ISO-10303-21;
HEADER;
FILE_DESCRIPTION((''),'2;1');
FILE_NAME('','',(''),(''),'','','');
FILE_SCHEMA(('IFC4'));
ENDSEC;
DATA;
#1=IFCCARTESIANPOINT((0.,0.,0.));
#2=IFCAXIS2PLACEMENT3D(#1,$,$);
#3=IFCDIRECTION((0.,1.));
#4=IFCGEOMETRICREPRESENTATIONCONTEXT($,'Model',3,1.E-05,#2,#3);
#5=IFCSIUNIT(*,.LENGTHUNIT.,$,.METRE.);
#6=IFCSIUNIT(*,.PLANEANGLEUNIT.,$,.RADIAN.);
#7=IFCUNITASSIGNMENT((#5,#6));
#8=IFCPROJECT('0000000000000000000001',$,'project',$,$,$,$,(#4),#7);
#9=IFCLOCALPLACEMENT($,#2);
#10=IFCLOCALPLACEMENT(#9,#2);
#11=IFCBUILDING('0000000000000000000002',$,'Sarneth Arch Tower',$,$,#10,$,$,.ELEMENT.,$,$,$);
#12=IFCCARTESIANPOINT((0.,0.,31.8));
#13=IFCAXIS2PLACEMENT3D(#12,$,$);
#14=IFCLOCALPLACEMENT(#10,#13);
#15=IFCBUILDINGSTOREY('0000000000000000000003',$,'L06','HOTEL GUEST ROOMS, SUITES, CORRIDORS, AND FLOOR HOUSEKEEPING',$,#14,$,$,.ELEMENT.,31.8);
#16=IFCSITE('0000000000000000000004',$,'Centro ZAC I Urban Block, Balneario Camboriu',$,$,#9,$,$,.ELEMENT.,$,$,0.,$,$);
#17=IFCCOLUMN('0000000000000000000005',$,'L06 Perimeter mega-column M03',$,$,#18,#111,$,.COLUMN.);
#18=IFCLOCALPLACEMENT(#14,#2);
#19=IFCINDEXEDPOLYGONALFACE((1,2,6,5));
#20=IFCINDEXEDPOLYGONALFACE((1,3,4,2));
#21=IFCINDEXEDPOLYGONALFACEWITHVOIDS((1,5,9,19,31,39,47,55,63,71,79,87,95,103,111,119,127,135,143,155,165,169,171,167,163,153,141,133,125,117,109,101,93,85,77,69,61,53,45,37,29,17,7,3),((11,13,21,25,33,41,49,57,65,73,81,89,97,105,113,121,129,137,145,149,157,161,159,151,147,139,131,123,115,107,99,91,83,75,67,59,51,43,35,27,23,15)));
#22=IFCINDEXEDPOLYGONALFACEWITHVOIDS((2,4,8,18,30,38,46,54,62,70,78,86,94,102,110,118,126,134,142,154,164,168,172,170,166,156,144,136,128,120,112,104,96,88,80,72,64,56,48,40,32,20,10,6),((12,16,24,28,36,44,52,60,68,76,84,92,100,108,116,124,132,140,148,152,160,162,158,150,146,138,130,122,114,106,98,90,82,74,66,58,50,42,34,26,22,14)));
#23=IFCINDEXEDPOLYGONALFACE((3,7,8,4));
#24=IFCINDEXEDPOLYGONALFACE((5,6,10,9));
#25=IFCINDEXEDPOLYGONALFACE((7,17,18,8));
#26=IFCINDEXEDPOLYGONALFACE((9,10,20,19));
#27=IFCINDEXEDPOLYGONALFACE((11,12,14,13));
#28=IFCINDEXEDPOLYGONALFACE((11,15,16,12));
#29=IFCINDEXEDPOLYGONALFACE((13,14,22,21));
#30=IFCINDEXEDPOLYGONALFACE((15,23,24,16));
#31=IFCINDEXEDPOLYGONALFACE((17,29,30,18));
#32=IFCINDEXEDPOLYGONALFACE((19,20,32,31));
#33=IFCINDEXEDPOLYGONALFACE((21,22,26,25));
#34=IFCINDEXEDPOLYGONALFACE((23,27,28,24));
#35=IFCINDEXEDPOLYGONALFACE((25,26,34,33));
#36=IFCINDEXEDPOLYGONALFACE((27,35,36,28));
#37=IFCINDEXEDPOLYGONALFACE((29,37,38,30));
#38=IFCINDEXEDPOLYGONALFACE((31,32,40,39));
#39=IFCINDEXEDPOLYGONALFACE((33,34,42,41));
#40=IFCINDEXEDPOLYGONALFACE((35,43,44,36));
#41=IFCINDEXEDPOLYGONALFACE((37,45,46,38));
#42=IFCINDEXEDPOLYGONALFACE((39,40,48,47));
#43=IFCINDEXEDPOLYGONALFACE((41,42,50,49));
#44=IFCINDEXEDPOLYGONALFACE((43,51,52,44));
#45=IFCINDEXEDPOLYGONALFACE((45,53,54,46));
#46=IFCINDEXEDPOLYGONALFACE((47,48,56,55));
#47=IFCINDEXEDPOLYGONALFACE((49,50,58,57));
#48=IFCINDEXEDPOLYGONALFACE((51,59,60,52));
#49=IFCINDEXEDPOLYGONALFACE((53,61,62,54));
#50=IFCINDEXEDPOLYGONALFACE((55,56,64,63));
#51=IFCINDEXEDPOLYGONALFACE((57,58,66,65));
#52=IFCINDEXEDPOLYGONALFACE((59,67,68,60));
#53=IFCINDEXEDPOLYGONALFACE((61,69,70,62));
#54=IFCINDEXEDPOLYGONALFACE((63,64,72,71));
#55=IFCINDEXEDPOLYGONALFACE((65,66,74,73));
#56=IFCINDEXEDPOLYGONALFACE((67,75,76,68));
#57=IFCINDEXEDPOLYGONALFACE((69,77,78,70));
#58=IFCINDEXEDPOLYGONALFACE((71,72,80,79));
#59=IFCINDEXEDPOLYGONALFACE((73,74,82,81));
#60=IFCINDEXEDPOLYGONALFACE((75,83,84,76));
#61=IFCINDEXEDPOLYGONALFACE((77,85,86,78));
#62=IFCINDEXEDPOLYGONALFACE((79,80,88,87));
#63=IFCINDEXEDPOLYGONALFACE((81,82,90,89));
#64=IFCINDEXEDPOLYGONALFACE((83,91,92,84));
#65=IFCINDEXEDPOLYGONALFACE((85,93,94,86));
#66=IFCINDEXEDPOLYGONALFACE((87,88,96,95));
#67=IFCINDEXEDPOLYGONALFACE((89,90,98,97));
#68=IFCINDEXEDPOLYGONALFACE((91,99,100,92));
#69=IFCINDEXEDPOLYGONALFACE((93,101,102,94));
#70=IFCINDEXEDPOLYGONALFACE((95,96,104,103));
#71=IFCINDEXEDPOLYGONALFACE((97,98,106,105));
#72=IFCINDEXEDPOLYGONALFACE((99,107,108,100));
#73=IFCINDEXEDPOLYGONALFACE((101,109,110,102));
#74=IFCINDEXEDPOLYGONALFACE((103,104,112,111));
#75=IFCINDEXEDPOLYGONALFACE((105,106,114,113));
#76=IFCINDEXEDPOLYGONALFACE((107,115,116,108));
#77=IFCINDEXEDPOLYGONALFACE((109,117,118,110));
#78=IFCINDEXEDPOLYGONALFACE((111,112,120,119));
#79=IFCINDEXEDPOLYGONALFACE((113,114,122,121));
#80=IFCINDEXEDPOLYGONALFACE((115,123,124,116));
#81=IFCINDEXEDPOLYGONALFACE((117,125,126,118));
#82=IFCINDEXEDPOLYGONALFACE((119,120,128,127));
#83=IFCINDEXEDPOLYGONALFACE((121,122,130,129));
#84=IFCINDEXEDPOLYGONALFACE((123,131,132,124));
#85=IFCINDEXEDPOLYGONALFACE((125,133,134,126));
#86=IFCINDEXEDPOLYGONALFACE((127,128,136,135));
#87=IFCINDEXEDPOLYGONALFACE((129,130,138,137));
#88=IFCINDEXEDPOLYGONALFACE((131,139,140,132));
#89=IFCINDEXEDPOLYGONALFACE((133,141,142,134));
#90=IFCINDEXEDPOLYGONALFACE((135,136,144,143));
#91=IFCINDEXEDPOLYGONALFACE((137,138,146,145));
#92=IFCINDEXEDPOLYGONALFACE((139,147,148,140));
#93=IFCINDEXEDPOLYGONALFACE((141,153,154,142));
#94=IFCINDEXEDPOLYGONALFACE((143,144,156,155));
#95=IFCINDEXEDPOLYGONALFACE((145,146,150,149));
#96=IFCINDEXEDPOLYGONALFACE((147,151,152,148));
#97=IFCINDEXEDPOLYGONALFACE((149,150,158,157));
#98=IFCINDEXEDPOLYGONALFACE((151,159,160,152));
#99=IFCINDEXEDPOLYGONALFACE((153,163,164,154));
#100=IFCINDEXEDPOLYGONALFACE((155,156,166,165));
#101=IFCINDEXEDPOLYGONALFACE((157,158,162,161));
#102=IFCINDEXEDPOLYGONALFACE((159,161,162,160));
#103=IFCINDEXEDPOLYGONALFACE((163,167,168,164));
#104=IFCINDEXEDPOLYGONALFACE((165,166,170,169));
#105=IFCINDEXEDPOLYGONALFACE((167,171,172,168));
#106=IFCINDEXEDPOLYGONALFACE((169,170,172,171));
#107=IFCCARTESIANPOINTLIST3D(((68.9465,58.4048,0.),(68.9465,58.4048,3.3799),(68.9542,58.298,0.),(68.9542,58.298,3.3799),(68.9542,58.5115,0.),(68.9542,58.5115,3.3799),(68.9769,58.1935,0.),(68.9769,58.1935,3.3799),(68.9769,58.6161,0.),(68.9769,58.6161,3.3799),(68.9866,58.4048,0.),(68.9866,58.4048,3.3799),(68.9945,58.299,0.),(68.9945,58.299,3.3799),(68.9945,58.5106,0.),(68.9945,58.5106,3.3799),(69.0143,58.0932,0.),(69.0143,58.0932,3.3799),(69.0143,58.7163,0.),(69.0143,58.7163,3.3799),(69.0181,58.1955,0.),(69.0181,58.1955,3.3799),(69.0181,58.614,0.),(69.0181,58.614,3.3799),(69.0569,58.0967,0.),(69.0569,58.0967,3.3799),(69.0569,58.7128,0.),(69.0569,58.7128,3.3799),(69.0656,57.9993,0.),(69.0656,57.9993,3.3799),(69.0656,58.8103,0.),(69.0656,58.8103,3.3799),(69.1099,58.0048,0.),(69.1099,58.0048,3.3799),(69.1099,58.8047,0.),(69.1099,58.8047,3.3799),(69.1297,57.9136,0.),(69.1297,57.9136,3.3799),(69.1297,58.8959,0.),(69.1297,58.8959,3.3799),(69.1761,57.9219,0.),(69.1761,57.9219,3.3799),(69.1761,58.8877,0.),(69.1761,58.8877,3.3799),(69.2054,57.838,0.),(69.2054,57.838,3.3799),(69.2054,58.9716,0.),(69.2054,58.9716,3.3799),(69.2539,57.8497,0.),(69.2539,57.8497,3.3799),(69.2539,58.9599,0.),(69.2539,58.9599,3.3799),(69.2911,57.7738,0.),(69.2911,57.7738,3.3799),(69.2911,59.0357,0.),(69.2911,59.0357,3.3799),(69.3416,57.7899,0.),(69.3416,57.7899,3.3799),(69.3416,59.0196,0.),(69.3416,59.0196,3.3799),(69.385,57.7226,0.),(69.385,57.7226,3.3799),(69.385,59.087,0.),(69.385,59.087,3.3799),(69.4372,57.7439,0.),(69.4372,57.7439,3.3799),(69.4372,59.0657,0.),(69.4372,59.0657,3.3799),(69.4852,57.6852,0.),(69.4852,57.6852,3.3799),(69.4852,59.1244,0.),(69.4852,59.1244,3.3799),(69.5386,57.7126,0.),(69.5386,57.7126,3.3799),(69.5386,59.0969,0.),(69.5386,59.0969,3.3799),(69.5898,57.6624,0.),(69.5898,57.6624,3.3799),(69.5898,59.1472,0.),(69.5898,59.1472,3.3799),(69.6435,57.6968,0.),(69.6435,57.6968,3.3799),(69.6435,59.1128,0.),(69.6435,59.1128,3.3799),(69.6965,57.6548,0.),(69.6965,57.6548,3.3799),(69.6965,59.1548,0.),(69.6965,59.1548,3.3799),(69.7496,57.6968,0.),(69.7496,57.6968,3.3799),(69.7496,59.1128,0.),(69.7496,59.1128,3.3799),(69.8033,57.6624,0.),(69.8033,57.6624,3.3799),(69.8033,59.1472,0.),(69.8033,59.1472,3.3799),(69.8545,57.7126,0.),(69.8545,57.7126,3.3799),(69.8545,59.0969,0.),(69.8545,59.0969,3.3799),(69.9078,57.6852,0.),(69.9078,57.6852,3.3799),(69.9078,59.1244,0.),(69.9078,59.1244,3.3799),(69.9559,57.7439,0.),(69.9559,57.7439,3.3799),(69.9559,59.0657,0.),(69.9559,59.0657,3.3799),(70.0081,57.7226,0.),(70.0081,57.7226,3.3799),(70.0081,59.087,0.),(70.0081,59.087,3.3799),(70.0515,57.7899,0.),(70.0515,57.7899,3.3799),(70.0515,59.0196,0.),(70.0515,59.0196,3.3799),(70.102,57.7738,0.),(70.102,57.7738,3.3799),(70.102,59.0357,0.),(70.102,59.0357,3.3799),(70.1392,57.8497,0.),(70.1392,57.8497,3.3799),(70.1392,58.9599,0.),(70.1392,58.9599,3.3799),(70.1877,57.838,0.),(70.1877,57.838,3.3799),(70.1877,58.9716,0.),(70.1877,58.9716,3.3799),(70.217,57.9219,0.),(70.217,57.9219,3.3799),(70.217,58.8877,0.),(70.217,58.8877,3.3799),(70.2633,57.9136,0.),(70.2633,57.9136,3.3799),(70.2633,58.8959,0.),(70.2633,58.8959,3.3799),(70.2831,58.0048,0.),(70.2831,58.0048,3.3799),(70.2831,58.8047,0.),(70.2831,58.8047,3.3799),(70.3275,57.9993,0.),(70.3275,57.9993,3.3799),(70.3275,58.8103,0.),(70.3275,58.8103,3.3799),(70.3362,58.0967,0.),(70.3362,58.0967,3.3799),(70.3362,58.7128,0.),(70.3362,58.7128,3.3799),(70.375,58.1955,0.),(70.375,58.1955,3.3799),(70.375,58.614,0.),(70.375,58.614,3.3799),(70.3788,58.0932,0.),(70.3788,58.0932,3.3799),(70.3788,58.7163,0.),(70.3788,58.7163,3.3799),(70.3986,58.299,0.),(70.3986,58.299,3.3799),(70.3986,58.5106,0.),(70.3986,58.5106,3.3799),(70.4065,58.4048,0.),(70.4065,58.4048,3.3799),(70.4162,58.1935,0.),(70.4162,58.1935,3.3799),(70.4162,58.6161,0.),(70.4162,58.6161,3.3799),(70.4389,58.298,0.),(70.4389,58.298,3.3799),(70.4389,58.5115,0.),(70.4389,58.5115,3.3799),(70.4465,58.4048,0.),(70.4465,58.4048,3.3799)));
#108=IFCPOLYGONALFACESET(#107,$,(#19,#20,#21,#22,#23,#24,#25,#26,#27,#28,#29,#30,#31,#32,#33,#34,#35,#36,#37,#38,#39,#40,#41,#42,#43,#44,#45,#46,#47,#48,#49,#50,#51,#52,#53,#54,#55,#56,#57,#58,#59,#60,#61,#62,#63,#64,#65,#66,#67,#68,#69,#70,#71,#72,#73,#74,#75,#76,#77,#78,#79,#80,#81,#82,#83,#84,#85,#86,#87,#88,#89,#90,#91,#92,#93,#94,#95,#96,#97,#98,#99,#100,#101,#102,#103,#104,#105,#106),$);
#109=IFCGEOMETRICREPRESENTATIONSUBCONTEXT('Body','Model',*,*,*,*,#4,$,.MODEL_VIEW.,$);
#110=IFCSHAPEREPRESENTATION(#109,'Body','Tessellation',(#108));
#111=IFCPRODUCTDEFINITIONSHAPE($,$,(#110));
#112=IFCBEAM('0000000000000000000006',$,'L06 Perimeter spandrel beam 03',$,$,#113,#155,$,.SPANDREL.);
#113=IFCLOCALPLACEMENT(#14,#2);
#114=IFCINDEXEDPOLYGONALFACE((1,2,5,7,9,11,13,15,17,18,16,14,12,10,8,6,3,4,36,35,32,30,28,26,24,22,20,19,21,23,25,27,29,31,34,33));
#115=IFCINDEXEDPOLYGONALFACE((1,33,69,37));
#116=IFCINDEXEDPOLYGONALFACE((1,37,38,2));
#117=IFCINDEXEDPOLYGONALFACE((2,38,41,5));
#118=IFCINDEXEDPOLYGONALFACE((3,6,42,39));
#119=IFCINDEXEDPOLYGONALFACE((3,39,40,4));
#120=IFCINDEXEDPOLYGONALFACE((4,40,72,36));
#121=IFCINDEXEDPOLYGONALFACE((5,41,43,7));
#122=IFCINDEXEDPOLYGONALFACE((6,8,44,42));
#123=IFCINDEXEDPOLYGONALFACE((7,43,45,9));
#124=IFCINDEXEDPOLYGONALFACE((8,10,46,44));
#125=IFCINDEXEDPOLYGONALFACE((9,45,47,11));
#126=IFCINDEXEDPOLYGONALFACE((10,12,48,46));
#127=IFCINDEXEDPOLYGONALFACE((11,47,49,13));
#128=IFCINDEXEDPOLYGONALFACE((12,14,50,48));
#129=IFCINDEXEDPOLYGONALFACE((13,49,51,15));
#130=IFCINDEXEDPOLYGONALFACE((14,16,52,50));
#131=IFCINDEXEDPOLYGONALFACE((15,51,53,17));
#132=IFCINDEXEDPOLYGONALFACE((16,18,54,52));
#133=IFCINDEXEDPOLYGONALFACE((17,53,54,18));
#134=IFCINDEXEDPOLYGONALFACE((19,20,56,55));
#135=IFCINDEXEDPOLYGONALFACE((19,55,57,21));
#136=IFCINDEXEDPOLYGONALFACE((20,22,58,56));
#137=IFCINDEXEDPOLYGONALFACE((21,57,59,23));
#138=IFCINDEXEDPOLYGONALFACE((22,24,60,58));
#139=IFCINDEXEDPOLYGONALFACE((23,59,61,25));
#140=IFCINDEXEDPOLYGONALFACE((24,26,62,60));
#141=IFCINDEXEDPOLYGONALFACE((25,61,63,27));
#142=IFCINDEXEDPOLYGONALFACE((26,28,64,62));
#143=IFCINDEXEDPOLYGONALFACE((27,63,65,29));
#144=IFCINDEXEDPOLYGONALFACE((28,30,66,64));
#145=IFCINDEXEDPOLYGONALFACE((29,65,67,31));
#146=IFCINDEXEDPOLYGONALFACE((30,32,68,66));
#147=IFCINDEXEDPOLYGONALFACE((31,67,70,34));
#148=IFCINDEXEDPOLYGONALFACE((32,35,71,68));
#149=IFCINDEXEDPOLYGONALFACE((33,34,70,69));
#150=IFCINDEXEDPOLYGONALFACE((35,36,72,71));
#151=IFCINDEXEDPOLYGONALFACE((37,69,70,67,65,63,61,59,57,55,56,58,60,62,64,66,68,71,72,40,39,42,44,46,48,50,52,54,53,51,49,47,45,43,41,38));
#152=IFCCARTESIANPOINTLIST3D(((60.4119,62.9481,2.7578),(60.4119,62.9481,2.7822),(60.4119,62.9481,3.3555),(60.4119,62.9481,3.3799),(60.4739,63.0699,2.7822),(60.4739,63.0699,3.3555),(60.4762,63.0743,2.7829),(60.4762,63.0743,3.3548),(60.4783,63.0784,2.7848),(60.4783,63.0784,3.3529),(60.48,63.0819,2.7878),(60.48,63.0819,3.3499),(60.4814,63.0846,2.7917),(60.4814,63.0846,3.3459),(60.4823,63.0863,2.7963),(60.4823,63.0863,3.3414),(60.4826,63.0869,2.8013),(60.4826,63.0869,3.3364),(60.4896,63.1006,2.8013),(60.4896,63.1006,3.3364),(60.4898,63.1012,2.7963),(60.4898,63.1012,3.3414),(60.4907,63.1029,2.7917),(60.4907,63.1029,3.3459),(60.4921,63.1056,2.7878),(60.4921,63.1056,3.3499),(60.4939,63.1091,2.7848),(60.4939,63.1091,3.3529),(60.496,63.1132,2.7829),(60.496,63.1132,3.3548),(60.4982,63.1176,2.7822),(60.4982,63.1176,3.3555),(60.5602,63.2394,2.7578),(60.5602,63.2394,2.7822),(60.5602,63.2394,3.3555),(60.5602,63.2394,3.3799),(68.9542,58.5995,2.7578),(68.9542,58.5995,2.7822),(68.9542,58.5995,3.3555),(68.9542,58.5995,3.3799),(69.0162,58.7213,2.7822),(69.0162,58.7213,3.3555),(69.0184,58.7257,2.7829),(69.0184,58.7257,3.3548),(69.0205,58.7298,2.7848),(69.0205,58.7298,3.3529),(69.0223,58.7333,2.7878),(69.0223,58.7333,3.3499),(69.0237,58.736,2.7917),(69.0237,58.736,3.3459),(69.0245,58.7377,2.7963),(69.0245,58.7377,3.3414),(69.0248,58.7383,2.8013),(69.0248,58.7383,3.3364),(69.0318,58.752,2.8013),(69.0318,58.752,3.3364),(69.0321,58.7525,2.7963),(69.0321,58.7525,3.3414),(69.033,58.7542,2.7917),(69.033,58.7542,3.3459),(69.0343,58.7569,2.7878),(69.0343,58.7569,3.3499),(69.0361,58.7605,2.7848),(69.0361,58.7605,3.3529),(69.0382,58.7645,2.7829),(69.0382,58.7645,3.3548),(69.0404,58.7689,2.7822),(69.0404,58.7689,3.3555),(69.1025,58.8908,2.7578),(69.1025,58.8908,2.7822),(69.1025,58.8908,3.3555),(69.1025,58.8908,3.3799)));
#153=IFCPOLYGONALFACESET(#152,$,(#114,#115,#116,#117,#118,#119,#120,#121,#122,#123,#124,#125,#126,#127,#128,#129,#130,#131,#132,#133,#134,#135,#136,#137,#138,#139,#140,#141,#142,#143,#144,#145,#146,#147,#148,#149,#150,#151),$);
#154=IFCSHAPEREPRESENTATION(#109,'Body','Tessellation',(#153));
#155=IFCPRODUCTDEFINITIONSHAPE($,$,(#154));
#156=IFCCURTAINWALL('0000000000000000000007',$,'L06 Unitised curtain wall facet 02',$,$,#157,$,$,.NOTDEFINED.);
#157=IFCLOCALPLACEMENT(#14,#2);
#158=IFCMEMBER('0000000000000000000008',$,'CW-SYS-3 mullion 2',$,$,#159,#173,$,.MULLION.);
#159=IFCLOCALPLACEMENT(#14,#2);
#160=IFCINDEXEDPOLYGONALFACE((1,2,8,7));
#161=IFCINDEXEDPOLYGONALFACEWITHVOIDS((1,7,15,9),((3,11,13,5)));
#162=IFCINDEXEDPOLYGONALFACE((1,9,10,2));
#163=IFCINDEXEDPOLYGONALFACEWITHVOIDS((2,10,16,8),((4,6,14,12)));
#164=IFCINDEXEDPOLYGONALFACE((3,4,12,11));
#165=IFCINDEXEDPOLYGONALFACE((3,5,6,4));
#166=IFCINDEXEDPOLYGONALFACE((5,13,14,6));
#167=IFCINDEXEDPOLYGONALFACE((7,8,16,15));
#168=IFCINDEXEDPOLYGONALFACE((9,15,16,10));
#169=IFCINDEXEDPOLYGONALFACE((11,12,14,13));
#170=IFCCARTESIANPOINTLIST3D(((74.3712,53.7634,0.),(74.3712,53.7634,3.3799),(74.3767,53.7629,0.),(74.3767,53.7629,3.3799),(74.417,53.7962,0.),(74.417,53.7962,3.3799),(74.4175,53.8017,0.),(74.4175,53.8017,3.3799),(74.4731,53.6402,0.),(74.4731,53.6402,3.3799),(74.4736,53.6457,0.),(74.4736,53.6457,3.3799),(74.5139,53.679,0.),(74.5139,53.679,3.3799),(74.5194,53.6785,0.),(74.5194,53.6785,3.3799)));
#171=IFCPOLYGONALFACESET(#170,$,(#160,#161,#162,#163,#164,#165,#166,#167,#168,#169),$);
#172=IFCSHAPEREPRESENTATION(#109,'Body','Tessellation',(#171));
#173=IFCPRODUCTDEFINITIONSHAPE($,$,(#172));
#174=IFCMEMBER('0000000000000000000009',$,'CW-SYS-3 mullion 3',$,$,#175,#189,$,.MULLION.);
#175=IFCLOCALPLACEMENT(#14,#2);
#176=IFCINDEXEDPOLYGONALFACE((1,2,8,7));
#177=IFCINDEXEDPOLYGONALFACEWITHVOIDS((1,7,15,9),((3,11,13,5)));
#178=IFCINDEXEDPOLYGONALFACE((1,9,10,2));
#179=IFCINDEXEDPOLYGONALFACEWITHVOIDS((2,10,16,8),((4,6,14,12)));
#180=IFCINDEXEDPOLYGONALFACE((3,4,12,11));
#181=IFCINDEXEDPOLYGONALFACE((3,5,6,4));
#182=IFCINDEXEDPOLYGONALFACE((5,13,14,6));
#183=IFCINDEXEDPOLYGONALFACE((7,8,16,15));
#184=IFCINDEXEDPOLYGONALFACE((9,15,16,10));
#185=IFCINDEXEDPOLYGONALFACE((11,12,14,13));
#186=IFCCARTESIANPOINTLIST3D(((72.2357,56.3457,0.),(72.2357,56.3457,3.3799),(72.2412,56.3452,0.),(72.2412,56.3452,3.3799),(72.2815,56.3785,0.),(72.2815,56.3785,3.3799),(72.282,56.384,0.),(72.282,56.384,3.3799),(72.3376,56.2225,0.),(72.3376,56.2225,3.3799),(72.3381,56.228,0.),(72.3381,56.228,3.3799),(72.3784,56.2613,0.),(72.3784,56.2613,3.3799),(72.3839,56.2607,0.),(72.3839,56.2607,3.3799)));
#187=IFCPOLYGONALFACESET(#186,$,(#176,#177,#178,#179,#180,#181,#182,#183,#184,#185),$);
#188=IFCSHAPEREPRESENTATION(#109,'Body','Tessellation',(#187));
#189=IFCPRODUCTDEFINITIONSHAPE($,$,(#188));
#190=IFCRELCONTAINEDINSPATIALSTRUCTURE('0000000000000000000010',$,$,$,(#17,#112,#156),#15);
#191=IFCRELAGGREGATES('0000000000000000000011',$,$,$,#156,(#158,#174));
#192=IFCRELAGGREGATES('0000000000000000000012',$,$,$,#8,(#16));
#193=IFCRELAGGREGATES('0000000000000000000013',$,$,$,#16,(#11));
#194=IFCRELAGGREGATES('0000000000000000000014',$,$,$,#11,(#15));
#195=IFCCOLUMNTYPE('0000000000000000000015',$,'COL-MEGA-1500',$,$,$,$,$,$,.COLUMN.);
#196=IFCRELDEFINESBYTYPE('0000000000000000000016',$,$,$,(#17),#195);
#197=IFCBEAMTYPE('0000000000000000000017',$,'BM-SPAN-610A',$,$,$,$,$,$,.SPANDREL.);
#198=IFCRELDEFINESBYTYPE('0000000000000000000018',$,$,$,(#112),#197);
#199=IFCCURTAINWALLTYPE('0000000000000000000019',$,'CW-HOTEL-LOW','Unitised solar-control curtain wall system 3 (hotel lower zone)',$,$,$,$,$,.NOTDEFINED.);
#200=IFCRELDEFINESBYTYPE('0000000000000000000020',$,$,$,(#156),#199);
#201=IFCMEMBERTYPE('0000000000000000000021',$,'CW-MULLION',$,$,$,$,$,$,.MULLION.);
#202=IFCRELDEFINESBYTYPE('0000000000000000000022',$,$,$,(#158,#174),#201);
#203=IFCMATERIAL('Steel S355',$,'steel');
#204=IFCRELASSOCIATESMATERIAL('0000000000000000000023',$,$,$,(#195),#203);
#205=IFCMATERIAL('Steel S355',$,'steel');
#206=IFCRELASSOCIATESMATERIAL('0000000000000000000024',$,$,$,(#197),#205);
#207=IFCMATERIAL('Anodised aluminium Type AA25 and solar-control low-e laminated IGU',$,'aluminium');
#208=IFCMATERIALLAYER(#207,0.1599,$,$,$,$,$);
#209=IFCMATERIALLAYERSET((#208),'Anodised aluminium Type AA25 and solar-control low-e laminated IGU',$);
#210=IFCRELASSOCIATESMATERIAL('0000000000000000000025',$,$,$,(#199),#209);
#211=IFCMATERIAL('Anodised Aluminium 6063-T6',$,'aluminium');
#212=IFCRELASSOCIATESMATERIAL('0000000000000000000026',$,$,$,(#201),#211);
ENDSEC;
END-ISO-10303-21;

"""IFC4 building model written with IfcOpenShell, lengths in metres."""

from ifc_helpers import new_model, si_unit, direction, frame, origin, origin_2d, place, context, subcontext, project, spatial, hollow_rectangle, hollow_circle, i_section, extrude, material, layer, layer_set, material_profile, profile_set, type_object, element, aggregate, save


model = new_model("IFC4")

# Units and contexts
model_context = context("Model", 3, precision=1e-05, world=origin(), true_north=direction((0.0, 1.0)))
body_context = subcontext(model_context, "Body", "Model", "MODEL_VIEW")
ifc_project = project(units=[si_unit("LENGTHUNIT", "METRE"), si_unit("PLANEANGLEUNIT", "RADIAN")], contexts=[model_context])

# Site, building, storey
site_placement = place(None, origin())
site = spatial("IfcSite", under=ifc_project, at=site_placement, Name="Centro ZAC I Urban Block, Balneario Camboriu", CompositionType="ELEMENT", RefElevation=0.0)
building_placement = place(site_placement, origin())
building = spatial("IfcBuilding", under=site, at=building_placement, Name="Sarneth Arch Tower", CompositionType="ELEMENT")
storey_placement = place(building_placement, frame((0.0, 0.0, 31.8)))
storey = spatial("IfcBuildingStorey", under=building, at=storey_placement, Name="L06", Description="HOTEL GUEST ROOMS, SUITES, CORRIDORS, AND FLOOR HOUSEKEEPING", CompositionType="ELEMENT", Elevation=31.8)

# Column
ifc_material_1 = material(Name="Steel S355", Category="steel")
ifc_material_profile_1 = material_profile(ifc_material_1, hollow_circle(Radius=0.75, WallThickness=0.04, at=origin_2d()), Name="CHS1500x40")
ifc_profile_set_1 = profile_set([ifc_material_profile_1], Name="Steel S355")
column_type = type_object("IfcColumnType", Name="COL-MEGA-1500", PredefinedType="COLUMN", material=ifc_profile_set_1)
column_placement = place(storey_placement, frame((69.6965, 58.4048, 0.0), z_axis=(0.0, 0.0, 1.0), x_axis=(1.0, 0.0, 0.0)))
element("IfcColumn", 1, at=column_placement, inside=storey, type_object=column_type, Name="L06 Perimeter mega-column M03", PredefinedType="COLUMN", context=body_context, shape_type="SweptSolid", body=[
    extrude(hollow_circle(Radius=0.75, WallThickness=0.04, at=origin_2d()), origin(), (0.0, 0.0, 1.0), 3.3799),
])

# Beam
ifc_material_2 = material(Name="Steel S355", Category="steel")
ifc_material_profile_2 = material_profile(ifc_material_2, i_section(OverallWidth=0.3269, OverallDepth=0.6221, WebThickness=0.0154, FlangeThickness=0.0244, FilletRadius=0.019, at=origin_2d()), Name="W610x195")
ifc_profile_set_2 = profile_set([ifc_material_profile_2], Name="Steel S355")
beam_type = type_object("IfcBeamType", Name="BM-SPAN-610A", PredefinedType="SPANDREL", material=ifc_profile_set_2)
beam_placement = place(storey_placement, frame((69.0283, 58.7451, 3.0688), z_axis=(-0.891169, 0.453671, 0.0), x_axis=(-0.453671, -0.891169, 0.0)))
element("IfcBeam", 2, at=beam_placement, inside=storey, type_object=beam_type, Name="L06 Perimeter spandrel beam 03", PredefinedType="SPANDREL", context=body_context, shape_type="SweptSolid", body=[
    extrude(i_section(OverallWidth=0.3269, OverallDepth=0.6221, WebThickness=0.0154, FlangeThickness=0.0244, FilletRadius=0.019, at=origin_2d()), origin(), (0.0, 0.0, 1.0), 9.5854),
])

# Curtain wall, members
ifc_material_3 = material(Name="Anodised aluminium Type AA25 and solar-control low-e laminated IGU", Category="aluminium")
ifc_layer_1 = layer(ifc_material_3, 0.1599)
ifc_layer_set_1 = layer_set([ifc_layer_1], Name="Anodised aluminium Type AA25 and solar-control low-e laminated IGU")
curtain_wall_type = type_object("IfcCurtainWallType", Name="CW-HOTEL-LOW", Description="Unitised solar-control curtain wall system 3 (hotel lower zone)", PredefinedType="NOTDEFINED", material=ifc_layer_set_1)
curtain_wall_placement = place(storey_placement, origin())
curtain_wall = element("IfcCurtainWall", 3, at=curtain_wall_placement, inside=storey, type_object=curtain_wall_type, Name="L06 Unitised curtain wall facet 02", PredefinedType="NOTDEFINED")
ifc_material_4 = material(Name="Anodised Aluminium 6063-T6", Category="aluminium")
ifc_material_profile_3 = material_profile(ifc_material_4, hollow_rectangle(XDim=0.0601, YDim=0.1599, WallThickness=0.0039, at=origin_2d()), Name="AL-MULL-160x60x4")
ifc_profile_set_3 = profile_set([ifc_material_profile_3], Name="Anodised Aluminium 6063-T6")
member_type_1 = type_object("IfcMemberType", Name="CW-MULLION", PredefinedType="MULLION", material=ifc_profile_set_3)
member_1_placement = place(storey_placement, frame((74.4453, 53.7209, 0.0), z_axis=(0.0, 0.0, 1.0), x_axis=(-0.770623, -0.637291, 0.0)))
member_1 = element("IfcMember", 4, at=member_1_placement, type_object=member_type_1, Name="CW-SYS-3 mullion 2", PredefinedType="MULLION", context=body_context, shape_type="SweptSolid", body=[
    extrude(hollow_rectangle(XDim=0.0601, YDim=0.1599, WallThickness=0.0039, at=origin_2d()), origin(), (0.0, 0.0, 1.0), 3.3799),
])
member_2_placement = place(storey_placement, frame((72.3098, 56.3032, 0.0), z_axis=(0.0, 0.0, 1.0), x_axis=(-0.770623, -0.637291, 0.0)))
member_2 = element("IfcMember", 5, at=member_2_placement, type_object=member_type_1, Name="CW-SYS-3 mullion 3", PredefinedType="MULLION", context=body_context, shape_type="SweptSolid", body=[
    extrude(hollow_rectangle(XDim=0.0601, YDim=0.1599, WallThickness=0.0039, at=origin_2d()), origin(), (0.0, 0.0, 1.0), 3.3799),
])

aggregate(curtain_wall, [member_1, member_2])

save(model, "model.ifc")
